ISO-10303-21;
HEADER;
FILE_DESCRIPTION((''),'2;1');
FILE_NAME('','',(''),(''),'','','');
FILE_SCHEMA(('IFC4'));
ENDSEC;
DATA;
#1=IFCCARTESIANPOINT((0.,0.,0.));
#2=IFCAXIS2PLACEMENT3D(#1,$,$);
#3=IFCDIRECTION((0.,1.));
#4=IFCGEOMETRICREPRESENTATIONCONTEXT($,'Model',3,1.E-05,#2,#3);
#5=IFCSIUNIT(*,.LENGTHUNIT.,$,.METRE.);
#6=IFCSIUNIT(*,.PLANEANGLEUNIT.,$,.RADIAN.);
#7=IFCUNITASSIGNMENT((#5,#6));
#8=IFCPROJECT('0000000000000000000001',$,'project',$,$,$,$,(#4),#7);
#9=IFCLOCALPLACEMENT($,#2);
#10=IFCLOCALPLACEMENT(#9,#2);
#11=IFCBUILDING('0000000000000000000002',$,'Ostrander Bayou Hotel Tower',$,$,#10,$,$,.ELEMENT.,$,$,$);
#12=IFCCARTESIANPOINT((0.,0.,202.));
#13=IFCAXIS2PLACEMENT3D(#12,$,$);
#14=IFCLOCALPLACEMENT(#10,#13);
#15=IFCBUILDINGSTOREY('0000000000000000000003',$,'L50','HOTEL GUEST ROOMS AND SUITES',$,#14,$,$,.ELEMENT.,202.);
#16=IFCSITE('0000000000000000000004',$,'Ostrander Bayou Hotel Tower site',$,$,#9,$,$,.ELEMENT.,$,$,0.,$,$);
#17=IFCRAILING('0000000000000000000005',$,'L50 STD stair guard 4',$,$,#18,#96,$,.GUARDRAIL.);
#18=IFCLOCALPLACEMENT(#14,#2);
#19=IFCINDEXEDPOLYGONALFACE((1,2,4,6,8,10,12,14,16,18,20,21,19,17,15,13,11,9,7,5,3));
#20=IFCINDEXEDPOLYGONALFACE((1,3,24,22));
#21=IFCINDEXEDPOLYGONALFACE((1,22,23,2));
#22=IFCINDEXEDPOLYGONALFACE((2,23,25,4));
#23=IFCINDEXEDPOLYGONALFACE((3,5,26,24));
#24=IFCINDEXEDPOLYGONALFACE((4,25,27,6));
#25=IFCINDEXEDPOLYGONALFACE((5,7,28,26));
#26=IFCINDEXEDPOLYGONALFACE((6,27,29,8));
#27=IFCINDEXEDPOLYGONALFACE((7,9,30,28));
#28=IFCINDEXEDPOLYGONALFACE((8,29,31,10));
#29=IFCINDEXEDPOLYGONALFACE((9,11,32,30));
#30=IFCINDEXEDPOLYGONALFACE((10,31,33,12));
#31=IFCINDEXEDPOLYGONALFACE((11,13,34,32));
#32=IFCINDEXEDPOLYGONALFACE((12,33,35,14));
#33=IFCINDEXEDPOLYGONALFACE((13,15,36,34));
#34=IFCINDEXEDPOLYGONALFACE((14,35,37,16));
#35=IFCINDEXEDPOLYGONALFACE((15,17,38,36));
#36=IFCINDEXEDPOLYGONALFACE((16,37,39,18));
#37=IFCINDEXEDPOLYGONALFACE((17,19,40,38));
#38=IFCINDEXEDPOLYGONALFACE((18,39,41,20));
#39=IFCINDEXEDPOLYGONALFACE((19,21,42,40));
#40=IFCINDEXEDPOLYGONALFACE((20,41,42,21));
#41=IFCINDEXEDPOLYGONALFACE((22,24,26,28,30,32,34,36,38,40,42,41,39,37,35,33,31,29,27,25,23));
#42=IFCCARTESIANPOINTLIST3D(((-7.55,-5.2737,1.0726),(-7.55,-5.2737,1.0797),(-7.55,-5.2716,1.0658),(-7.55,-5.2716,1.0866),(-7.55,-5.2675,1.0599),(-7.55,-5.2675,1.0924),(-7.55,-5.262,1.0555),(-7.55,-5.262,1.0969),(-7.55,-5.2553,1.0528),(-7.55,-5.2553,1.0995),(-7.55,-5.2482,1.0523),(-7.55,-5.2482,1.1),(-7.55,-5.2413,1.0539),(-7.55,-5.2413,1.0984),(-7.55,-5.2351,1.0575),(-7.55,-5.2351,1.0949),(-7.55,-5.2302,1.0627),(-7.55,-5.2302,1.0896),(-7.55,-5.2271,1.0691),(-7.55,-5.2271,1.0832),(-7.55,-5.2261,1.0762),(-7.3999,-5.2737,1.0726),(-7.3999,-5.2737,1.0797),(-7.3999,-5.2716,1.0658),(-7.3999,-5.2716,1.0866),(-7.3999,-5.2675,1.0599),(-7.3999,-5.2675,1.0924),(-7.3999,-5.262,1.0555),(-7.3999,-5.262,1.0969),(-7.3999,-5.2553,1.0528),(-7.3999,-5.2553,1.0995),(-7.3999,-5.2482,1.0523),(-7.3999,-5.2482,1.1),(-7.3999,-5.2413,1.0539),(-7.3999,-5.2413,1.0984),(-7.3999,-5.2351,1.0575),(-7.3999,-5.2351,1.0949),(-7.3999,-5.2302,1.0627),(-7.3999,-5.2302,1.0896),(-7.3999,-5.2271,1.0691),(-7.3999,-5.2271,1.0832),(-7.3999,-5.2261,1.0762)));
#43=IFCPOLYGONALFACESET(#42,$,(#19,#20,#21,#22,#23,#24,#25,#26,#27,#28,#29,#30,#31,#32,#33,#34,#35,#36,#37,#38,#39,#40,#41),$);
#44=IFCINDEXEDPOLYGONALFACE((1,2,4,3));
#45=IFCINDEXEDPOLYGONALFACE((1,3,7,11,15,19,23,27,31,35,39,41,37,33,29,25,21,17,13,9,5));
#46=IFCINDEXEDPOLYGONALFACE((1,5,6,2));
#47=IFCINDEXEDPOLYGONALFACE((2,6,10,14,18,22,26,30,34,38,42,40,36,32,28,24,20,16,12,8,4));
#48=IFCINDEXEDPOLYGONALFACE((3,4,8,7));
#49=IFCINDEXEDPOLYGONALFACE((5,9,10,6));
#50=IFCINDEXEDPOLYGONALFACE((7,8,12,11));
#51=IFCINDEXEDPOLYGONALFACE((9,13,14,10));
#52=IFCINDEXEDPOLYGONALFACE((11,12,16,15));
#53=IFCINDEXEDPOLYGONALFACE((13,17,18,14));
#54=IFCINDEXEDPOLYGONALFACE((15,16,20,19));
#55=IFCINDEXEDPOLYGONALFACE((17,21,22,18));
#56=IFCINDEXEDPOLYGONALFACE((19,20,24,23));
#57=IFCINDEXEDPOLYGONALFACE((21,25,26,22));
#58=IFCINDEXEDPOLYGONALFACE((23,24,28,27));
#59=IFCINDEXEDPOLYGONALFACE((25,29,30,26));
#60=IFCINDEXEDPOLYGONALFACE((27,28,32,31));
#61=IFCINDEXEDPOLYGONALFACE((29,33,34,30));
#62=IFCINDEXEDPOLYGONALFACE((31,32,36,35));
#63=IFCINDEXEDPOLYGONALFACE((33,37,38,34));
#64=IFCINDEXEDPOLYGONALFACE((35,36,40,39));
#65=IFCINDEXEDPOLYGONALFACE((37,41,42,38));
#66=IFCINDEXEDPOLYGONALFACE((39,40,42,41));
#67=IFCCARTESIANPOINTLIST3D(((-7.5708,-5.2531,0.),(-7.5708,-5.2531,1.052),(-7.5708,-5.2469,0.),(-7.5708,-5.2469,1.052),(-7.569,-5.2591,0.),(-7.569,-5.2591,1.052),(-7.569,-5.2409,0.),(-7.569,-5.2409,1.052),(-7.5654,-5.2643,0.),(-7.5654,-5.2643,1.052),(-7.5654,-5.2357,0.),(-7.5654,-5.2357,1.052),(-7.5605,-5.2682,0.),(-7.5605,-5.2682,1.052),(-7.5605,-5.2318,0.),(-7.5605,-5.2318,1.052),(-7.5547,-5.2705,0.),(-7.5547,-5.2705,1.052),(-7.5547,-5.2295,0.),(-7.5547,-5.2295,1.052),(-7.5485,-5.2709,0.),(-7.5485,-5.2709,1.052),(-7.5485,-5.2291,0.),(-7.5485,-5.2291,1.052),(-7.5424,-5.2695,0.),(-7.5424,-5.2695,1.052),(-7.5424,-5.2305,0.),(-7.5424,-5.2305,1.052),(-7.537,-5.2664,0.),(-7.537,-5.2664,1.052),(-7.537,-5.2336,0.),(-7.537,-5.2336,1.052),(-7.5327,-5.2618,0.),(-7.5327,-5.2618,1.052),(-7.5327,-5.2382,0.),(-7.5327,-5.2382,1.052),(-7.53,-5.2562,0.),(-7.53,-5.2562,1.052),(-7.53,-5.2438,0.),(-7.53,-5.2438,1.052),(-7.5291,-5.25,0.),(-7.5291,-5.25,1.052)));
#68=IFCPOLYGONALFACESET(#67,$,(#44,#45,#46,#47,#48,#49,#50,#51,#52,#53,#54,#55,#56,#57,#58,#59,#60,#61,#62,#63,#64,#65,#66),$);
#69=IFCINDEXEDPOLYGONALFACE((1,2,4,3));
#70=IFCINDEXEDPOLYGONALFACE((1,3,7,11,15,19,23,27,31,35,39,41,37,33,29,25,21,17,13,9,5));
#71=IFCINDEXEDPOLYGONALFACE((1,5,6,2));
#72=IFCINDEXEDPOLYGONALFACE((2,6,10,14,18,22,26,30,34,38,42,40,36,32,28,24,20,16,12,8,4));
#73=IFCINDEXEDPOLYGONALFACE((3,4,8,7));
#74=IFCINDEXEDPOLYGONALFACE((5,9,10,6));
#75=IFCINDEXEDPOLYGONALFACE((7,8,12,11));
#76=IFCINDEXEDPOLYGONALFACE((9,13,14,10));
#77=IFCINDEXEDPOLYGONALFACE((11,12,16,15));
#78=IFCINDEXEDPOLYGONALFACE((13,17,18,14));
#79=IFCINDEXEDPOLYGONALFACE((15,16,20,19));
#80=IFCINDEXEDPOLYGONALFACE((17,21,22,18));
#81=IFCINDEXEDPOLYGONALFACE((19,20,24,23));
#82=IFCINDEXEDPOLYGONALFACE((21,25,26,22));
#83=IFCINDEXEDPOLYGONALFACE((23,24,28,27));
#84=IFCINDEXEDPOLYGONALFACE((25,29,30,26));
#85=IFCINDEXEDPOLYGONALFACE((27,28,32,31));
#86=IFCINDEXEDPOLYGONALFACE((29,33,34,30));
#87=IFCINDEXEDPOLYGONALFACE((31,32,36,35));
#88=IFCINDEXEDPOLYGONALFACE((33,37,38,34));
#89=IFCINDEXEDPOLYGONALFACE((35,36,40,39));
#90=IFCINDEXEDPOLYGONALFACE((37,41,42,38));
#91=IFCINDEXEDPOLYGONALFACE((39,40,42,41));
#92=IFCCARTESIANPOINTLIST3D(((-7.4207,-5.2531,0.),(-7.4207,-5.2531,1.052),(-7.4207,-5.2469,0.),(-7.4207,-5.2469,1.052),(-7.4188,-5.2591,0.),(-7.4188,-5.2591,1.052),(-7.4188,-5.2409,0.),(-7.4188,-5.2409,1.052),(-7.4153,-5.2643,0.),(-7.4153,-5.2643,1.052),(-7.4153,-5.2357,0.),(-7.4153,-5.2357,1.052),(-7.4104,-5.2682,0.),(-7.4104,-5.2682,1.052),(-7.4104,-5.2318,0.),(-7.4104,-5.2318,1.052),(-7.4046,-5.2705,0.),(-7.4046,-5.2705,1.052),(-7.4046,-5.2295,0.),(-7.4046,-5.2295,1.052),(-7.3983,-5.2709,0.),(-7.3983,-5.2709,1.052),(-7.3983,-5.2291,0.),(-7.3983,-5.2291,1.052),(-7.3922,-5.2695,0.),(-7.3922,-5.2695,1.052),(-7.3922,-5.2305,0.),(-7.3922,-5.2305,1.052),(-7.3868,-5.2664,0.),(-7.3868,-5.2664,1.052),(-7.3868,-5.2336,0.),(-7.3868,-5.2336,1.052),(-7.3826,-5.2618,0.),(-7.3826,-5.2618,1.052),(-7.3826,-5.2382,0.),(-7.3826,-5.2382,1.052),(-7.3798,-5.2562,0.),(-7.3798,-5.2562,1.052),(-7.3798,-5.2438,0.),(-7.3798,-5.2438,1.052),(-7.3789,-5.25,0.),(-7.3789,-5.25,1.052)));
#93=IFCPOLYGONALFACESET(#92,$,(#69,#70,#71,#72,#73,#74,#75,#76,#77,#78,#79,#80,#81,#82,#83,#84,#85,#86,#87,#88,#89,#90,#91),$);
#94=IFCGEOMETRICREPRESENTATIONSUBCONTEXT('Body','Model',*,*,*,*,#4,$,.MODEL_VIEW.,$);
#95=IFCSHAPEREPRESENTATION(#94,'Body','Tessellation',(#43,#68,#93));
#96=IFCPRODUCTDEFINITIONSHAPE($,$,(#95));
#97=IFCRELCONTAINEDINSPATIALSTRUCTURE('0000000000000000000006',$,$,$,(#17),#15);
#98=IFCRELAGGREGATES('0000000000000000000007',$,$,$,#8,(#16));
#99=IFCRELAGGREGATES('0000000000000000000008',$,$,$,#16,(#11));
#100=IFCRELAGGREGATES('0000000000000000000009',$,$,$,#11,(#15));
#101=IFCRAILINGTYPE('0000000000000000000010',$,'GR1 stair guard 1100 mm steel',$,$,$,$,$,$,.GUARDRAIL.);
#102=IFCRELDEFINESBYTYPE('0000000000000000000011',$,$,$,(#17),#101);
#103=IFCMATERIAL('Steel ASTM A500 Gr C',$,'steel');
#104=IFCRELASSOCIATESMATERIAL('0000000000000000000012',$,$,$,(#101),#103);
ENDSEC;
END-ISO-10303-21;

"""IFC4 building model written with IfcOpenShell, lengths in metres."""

from ifc_helpers import new_model, si_unit, direction, frame, origin, origin_2d, place, context, subcontext, project, spatial, circle, extrude, material, type_object, element, save


model = new_model("IFC4")

# Units and contexts
model_context = context("Model", 3, precision=1e-05, world=origin(), true_north=direction((0.0, 1.0)))
body_context = subcontext(model_context, "Body", "Model", "MODEL_VIEW")
ifc_project = project(units=[si_unit("LENGTHUNIT", "METRE"), si_unit("PLANEANGLEUNIT", "RADIAN")], contexts=[model_context])

# Site, building, storey
site_placement = place(None, origin())
site = spatial("IfcSite", under=ifc_project, at=site_placement, Name="Ostrander Bayou Hotel Tower site", CompositionType="ELEMENT", RefElevation=0.0)
building_placement = place(site_placement, origin())
building = spatial("IfcBuilding", under=site, at=building_placement, Name="Ostrander Bayou Hotel Tower", CompositionType="ELEMENT")
storey_placement = place(building_placement, frame((0.0, 0.0, 202.0)))
storey = spatial("IfcBuildingStorey", under=building, at=storey_placement, Name="L50", Description="HOTEL GUEST ROOMS AND SUITES", CompositionType="ELEMENT", Elevation=202.0)

# Railing
ifc_material_1 = material(Name="Steel ASTM A500 Gr C", Category="steel")
railing_type_1 = type_object("IfcRailingType", Name="GR1 stair guard 1100 mm steel", PredefinedType="GUARDRAIL", material=ifc_material_1)
railing_1_placement = place(storey_placement, frame((-7.55, -5.25, 0.0)))
element("IfcRailing", 1, at=railing_1_placement, inside=storey, type_object=railing_type_1, Name="L50 STD stair guard 4", PredefinedType="GUARDRAIL", context=body_context, shape_type="SweptSolid", body=[
    extrude(circle(Radius=0.0239, at=origin_2d()), frame((0.0, 0.0, 1.0762), z_axis=(1.0, 0.0, 0.0), x_axis=(0.0, 1.0, 0.0)), (0.0, 0.0, 1.0), 0.1501),
    extrude(circle(Radius=0.021, at=origin_2d()), origin(), (0.0, 0.0, 1.0), 1.052),
    extrude(circle(Radius=0.021, at=origin_2d()), frame((0.1501, 0.0, 0.0)), (0.0, 0.0, 1.0), 1.052),
])

save(model, "model.ifc")
